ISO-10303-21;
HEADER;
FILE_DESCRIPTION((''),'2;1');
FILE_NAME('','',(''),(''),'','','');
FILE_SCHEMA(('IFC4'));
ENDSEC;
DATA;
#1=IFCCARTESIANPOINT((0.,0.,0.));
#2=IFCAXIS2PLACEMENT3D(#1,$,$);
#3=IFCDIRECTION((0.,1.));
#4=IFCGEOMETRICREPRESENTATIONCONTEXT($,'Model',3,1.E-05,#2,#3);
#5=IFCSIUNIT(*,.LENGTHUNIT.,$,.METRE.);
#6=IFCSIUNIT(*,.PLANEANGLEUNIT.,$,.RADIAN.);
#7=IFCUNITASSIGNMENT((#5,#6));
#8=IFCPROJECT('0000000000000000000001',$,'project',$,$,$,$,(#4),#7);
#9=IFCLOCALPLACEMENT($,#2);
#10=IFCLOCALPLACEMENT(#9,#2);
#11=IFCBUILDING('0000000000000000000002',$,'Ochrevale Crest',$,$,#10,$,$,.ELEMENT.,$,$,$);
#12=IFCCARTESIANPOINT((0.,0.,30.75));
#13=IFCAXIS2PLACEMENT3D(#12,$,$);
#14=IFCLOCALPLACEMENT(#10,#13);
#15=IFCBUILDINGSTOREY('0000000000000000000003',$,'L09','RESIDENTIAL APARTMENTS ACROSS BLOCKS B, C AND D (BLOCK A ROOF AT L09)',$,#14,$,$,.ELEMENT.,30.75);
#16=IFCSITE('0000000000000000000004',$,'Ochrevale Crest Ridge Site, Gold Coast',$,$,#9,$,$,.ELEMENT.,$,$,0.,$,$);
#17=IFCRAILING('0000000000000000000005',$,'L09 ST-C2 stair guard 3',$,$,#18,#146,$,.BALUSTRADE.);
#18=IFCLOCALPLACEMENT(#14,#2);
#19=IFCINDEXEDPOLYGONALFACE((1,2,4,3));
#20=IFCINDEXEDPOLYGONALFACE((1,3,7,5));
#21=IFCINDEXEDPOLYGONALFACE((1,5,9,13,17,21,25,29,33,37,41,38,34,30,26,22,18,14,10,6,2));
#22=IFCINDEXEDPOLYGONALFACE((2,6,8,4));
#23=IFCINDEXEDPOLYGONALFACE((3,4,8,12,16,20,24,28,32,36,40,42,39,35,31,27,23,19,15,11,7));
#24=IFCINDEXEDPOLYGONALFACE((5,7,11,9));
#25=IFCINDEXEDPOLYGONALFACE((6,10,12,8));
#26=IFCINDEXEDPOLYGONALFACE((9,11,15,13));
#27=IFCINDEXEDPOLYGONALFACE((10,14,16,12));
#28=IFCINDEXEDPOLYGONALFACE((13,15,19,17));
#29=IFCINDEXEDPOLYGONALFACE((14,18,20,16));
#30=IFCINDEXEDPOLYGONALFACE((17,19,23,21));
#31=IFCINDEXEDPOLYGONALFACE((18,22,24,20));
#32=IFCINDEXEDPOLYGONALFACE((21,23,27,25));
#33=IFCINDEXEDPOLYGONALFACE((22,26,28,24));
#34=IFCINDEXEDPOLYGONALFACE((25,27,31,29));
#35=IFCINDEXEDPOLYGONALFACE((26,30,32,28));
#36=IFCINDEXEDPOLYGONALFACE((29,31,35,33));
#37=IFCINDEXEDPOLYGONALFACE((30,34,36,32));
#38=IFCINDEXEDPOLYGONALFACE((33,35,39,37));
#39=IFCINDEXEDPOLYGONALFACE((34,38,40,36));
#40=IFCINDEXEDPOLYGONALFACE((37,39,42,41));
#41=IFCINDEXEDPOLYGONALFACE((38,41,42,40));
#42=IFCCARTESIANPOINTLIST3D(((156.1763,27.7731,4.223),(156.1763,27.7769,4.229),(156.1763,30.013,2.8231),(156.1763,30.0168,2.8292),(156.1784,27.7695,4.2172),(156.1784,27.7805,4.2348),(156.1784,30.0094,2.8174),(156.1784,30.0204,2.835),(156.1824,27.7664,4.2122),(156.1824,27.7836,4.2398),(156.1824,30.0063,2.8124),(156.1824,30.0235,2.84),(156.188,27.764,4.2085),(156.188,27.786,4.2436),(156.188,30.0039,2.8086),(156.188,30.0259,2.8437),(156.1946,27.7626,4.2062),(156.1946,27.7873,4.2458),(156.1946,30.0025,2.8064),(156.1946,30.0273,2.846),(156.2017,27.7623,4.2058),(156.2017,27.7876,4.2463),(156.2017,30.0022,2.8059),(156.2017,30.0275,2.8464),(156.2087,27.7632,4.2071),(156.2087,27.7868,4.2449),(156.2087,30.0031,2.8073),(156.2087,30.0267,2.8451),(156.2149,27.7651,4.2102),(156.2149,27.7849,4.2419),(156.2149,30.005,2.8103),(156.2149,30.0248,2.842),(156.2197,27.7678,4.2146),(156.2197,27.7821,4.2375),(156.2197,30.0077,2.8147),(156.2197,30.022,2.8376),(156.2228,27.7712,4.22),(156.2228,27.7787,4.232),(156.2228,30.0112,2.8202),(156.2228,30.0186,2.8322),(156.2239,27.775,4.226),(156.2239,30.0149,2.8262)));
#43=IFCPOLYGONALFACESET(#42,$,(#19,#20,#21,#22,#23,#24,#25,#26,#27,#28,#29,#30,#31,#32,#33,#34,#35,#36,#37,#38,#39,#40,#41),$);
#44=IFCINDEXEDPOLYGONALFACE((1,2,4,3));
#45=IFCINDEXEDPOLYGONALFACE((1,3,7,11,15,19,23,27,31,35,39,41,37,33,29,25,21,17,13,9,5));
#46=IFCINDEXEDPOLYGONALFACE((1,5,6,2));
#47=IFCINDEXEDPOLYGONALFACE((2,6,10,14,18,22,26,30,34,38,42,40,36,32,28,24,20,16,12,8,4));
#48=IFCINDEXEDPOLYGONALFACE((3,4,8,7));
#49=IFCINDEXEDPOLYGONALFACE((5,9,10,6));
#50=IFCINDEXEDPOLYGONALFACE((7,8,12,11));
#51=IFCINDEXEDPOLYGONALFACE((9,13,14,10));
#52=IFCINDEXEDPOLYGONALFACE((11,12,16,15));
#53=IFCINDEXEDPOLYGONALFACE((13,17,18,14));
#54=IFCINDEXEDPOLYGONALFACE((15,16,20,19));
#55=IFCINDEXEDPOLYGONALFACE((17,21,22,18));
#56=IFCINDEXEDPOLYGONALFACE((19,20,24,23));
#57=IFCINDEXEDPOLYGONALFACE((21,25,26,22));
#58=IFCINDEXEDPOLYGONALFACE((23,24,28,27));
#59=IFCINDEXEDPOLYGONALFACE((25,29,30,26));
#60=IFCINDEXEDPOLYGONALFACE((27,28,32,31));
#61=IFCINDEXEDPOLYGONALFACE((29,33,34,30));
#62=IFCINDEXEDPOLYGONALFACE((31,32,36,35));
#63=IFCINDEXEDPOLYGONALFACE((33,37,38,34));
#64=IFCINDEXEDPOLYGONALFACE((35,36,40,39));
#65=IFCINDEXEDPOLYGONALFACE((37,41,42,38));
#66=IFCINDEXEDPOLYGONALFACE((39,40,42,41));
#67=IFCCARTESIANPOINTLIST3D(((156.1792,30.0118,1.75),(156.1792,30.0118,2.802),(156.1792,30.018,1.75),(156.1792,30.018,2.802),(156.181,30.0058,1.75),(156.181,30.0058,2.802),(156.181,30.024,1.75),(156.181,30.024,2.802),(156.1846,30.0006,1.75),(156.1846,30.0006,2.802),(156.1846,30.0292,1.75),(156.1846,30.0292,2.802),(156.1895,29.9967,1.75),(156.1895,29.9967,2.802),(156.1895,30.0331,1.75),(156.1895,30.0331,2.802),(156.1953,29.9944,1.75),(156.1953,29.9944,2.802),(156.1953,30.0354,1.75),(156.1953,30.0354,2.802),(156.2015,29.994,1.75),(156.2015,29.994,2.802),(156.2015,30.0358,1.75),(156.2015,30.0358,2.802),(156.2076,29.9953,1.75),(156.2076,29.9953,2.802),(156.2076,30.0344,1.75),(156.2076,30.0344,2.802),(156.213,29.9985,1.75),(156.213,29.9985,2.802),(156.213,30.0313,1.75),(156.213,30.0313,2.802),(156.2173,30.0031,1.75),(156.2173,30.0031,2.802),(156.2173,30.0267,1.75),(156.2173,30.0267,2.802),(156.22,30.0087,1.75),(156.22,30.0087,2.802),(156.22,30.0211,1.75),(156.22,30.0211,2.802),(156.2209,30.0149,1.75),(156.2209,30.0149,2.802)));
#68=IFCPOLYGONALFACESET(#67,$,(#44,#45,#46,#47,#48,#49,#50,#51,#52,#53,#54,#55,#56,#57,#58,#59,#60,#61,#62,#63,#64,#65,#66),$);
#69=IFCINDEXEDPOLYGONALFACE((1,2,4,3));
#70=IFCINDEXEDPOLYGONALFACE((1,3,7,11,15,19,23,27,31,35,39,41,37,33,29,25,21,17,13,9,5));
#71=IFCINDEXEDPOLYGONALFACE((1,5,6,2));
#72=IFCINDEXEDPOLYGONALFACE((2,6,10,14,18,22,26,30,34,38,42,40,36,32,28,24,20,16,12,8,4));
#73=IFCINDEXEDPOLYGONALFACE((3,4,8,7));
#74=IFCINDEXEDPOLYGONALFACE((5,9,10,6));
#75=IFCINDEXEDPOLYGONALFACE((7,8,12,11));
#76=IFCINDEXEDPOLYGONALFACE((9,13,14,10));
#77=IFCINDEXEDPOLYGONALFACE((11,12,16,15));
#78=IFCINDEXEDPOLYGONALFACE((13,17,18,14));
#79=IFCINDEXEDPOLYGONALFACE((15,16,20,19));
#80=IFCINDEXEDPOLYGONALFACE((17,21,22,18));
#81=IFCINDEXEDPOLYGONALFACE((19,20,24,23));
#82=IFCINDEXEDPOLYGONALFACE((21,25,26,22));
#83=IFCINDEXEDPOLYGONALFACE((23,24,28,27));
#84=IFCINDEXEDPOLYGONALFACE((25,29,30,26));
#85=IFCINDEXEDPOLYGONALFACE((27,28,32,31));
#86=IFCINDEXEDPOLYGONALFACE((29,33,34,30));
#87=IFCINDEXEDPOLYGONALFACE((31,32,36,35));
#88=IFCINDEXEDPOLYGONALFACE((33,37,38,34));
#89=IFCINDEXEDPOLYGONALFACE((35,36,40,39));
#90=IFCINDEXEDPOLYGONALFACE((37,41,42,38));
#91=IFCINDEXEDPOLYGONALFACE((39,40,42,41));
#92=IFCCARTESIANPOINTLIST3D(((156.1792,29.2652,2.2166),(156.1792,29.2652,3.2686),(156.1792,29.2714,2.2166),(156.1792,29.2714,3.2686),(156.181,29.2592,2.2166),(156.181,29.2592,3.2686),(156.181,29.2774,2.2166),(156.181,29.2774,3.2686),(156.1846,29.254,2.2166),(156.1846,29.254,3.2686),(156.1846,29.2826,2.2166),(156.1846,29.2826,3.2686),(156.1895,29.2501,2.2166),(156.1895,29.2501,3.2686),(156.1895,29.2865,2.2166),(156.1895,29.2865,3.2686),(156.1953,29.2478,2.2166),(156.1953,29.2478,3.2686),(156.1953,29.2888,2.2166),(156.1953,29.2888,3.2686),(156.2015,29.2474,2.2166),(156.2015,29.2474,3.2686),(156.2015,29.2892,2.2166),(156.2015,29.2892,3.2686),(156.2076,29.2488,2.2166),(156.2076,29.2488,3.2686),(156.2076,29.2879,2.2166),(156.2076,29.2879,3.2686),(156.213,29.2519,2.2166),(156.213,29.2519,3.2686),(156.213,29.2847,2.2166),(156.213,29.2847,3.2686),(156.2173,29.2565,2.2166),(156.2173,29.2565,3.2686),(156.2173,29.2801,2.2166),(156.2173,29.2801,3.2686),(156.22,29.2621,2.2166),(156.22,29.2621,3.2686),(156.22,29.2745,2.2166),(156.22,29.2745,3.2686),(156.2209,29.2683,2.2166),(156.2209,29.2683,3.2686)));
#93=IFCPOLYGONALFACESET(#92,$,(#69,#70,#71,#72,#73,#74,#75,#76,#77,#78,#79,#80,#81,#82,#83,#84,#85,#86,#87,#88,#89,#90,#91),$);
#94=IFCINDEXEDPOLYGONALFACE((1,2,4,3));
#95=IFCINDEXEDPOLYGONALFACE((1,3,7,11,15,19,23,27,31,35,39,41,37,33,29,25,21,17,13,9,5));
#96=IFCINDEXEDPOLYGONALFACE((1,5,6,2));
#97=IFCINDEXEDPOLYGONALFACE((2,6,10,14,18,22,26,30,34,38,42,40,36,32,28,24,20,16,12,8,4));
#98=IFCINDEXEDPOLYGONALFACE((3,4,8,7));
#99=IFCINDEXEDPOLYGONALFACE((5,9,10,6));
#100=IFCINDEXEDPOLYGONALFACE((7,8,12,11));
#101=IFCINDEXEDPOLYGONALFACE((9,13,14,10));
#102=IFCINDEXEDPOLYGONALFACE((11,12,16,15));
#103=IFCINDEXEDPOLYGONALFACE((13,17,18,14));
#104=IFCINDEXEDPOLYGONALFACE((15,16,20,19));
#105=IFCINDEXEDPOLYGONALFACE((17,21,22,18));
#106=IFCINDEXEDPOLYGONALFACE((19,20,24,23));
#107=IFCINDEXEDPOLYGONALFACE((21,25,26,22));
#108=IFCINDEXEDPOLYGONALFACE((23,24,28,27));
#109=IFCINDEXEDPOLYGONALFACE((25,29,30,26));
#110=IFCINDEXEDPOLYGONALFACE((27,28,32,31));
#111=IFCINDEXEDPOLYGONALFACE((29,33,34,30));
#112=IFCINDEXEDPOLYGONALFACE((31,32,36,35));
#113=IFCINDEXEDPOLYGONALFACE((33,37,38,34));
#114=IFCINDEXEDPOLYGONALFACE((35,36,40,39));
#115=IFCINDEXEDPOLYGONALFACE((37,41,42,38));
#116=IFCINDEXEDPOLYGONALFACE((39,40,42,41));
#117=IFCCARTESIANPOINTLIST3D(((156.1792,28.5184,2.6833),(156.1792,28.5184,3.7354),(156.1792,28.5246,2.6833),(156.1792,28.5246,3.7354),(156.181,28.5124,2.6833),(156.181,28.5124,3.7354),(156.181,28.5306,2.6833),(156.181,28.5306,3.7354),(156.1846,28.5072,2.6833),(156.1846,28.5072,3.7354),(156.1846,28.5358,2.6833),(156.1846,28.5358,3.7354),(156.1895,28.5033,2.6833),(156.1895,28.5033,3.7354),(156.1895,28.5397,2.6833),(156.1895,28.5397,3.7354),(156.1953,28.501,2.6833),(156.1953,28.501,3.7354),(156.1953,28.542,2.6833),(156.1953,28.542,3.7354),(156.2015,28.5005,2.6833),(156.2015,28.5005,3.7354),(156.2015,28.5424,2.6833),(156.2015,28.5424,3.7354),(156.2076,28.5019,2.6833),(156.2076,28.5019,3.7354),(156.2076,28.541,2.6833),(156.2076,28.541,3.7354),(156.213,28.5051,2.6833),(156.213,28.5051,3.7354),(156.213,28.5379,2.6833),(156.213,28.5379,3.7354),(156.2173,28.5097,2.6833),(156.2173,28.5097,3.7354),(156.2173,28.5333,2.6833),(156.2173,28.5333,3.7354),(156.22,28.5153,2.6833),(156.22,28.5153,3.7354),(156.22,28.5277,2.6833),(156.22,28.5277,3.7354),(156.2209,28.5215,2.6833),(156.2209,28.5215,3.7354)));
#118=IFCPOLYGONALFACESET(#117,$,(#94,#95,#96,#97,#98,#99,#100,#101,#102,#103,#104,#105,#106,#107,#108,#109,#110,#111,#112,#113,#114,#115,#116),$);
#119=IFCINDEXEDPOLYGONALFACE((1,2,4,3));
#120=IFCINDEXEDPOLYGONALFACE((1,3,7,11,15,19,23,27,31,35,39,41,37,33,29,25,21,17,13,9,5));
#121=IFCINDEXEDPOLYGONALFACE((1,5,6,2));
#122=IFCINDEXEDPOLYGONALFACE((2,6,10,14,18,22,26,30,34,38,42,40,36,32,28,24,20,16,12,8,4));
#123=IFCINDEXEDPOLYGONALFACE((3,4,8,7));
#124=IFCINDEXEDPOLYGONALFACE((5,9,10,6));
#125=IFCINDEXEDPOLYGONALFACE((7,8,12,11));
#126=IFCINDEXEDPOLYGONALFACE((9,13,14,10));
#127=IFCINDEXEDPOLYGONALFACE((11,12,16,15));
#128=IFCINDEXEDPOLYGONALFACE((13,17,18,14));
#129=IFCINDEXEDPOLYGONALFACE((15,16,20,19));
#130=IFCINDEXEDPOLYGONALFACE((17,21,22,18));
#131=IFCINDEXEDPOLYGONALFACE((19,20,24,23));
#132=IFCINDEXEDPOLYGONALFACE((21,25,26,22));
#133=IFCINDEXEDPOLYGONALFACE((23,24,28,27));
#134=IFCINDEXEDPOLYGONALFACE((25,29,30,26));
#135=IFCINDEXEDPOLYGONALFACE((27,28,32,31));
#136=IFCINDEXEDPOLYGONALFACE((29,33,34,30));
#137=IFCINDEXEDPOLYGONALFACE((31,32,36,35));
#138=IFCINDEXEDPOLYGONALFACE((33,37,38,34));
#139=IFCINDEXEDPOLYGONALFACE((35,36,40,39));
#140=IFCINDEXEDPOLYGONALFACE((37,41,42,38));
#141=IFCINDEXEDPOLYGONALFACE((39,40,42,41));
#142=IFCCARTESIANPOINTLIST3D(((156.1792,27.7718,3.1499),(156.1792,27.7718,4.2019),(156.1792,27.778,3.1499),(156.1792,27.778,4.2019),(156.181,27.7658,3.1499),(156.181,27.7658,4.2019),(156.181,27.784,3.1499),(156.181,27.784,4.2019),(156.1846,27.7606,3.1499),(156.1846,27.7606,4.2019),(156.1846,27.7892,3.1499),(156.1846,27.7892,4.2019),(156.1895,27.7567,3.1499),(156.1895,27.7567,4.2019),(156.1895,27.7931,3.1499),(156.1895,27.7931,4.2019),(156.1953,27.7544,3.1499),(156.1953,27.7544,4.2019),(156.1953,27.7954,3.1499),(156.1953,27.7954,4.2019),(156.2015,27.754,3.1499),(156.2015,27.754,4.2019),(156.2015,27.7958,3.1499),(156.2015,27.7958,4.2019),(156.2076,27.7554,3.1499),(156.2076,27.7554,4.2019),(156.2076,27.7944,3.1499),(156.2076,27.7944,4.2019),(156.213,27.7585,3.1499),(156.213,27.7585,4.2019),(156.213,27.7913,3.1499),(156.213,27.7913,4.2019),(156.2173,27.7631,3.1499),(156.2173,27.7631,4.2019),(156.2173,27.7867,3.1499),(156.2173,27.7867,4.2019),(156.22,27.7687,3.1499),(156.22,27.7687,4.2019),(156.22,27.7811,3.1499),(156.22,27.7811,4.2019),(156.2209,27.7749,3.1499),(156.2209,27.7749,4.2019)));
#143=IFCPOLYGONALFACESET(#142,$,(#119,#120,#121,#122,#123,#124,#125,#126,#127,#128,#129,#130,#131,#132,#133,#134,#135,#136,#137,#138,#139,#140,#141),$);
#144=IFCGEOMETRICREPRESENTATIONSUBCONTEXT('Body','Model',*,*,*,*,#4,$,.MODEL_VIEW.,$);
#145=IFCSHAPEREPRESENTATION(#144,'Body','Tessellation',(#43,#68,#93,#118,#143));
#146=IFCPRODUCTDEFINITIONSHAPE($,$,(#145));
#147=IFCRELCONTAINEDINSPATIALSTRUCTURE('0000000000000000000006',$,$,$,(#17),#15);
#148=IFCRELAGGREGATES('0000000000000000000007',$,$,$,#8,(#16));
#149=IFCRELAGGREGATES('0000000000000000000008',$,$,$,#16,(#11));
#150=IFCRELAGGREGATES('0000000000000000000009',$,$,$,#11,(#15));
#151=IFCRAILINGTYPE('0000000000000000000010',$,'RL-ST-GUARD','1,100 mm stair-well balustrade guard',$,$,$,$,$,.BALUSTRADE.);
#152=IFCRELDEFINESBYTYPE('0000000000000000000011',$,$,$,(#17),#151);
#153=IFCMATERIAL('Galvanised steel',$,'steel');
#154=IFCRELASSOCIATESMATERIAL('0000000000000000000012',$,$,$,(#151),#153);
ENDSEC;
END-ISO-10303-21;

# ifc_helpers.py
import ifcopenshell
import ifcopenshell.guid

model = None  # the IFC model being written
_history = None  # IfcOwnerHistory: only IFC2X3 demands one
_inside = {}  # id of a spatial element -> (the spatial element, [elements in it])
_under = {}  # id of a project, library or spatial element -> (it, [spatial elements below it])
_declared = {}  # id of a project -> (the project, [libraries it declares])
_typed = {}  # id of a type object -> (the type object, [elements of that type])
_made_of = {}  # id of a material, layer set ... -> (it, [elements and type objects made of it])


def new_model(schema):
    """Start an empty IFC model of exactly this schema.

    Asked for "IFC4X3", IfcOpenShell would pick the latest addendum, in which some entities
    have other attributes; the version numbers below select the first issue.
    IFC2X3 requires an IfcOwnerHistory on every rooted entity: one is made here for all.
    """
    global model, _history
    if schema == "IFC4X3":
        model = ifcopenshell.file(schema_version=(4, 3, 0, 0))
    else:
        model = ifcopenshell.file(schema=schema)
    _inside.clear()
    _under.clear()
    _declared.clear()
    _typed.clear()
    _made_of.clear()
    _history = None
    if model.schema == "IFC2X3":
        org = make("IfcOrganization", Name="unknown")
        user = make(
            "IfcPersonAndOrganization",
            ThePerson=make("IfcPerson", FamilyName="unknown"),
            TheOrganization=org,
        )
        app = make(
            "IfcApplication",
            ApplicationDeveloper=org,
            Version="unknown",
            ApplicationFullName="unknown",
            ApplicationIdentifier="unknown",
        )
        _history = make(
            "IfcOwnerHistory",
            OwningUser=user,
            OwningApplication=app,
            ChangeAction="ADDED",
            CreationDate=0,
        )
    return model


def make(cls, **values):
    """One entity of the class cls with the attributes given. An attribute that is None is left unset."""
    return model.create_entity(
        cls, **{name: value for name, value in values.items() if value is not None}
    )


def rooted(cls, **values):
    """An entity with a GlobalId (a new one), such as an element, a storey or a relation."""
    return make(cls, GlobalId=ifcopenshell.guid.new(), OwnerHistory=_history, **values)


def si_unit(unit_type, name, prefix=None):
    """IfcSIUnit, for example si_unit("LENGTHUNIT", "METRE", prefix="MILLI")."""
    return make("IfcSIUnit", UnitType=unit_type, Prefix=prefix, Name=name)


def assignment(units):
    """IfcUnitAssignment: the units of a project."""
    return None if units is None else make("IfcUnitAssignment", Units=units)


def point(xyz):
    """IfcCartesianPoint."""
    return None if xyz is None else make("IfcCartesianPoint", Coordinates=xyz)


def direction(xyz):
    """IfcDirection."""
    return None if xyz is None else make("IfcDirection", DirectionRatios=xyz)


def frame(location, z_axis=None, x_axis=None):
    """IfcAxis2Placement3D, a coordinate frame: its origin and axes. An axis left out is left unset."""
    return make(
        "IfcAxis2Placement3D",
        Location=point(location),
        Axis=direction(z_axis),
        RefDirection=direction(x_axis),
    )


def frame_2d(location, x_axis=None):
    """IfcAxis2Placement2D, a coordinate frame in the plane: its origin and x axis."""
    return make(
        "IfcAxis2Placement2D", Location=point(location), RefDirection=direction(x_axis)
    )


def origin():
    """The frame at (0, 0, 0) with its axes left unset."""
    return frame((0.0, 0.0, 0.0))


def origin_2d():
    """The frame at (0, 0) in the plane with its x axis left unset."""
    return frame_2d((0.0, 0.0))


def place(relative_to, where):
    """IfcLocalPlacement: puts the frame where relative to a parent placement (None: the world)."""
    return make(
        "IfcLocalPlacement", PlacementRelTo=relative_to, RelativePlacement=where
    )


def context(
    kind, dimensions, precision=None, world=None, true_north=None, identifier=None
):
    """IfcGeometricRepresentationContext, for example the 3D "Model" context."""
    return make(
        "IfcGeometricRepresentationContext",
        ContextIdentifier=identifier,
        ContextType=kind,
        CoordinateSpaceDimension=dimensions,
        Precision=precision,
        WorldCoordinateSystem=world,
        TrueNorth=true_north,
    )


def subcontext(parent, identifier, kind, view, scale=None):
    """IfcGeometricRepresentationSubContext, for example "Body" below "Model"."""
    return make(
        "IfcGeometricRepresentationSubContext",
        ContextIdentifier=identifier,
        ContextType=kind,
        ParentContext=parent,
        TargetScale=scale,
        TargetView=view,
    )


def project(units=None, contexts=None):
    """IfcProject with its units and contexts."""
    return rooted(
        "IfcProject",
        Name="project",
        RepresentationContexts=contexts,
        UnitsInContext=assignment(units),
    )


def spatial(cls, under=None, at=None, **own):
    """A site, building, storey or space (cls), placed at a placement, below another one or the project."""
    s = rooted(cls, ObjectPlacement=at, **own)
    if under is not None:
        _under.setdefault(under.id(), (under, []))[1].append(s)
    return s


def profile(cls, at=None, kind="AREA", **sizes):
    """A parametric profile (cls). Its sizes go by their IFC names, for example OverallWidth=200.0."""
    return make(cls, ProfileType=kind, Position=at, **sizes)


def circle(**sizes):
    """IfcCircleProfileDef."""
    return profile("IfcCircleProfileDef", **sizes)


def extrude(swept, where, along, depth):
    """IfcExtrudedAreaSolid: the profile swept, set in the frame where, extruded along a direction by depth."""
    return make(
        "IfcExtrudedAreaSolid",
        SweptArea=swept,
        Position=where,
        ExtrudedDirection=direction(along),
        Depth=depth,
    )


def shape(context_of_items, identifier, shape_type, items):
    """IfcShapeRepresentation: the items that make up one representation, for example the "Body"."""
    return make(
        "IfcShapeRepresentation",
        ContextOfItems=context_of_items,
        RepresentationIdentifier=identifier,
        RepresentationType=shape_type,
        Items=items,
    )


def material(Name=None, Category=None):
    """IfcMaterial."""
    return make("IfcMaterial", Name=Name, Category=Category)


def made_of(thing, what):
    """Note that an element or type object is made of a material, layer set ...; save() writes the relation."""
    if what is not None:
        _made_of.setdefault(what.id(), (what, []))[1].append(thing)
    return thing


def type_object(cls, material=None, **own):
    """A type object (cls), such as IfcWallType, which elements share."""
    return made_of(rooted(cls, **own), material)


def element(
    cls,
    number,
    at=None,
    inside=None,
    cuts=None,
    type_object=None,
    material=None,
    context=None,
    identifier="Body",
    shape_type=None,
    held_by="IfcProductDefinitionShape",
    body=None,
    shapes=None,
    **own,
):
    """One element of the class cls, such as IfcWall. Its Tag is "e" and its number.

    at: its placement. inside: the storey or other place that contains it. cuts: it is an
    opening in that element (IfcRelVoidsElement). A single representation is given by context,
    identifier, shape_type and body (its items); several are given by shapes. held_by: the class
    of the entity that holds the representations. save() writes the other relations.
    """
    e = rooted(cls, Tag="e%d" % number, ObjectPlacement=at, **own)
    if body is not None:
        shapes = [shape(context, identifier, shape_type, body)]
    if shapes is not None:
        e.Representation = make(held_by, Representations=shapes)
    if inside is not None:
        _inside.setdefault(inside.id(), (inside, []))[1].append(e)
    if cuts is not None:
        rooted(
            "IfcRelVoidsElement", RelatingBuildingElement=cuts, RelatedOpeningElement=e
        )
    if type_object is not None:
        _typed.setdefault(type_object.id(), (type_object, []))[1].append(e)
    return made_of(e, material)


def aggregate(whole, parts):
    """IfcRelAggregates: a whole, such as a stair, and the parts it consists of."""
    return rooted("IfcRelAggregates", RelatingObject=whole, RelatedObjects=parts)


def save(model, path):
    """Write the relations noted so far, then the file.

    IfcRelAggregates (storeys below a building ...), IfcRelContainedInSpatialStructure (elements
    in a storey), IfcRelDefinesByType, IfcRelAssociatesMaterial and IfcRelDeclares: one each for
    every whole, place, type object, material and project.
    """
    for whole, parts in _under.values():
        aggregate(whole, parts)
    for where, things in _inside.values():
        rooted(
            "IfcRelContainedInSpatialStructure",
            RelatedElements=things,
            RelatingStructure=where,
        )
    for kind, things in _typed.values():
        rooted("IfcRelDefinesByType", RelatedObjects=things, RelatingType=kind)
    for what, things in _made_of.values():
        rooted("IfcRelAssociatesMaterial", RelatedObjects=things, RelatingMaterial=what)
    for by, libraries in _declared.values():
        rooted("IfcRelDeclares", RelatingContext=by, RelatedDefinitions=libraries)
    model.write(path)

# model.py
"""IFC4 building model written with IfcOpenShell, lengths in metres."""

from ifc_helpers import new_model, si_unit, direction, frame, origin, origin_2d, place, context, subcontext, project, spatial, circle, extrude, material, type_object, element, save


model = new_model("IFC4")

# Units and contexts
model_context = context("Model", 3, precision=1e-05, world=origin(), true_north=direction((0.0, 1.0)))
body_context = subcontext(model_context, "Body", "Model", "MODEL_VIEW")
ifc_project = project(units=[si_unit("LENGTHUNIT", "METRE"), si_unit("PLANEANGLEUNIT", "RADIAN")], contexts=[model_context])

# Site, building, storey
site_placement = place(None, origin())
site = spatial("IfcSite", under=ifc_project, at=site_placement, Name="Ochrevale Crest Ridge Site, Gold Coast", CompositionType="ELEMENT", RefElevation=0.0)
building_placement = place(site_placement, origin())
building = spatial("IfcBuilding", under=site, at=building_placement, Name="Ochrevale Crest", CompositionType="ELEMENT")
storey_placement = place(building_placement, frame((0.0, 0.0, 30.75)))
storey = spatial("IfcBuildingStorey", under=building, at=storey_placement, Name="L09", Description="RESIDENTIAL APARTMENTS ACROSS BLOCKS B, C AND D (BLOCK A ROOF AT L09)", CompositionType="ELEMENT", Elevation=30.75)

# Railing
ifc_material_1 = material(Name="Galvanised steel", Category="steel")
railing_type_1 = type_object("IfcRailingType", Name="RL-ST-GUARD", Description="1,100 mm stair-well balustrade guard", PredefinedType="BALUSTRADE", material=ifc_material_1)
railing_1_placement = place(storey_placement, frame((156.2, 30.0149, 1.75)))
element("IfcRailing", 1, at=railing_1_placement, inside=storey, type_object=railing_type_1, Name="L09 ST-C2 stair guard 3", PredefinedType="BALUSTRADE", context=body_context, shape_type="SweptSolid", body=[
    extrude(circle(Radius=0.0239, at=origin_2d()), frame((0.0, 0.0, 1.0762), z_axis=(0.0, -0.848014, 0.529974), x_axis=(1.0, 0.0, 0.0)), (0.0, 0.0, 1.0), 2.6414),
    extrude(circle(Radius=0.021, at=origin_2d()), origin(), (0.0, 0.0, 1.0), 1.052),
    extrude(circle(Radius=0.021, at=origin_2d()), frame((0.0, -0.7466, 0.4666)), (0.0, 0.0, 1.0), 1.052),
    extrude(circle(Radius=0.021, at=origin_2d()), frame((0.0, -1.4934, 0.9333)), (0.0, 0.0, 1.0), 1.052),
    extrude(circle(Radius=0.021, at=origin_2d()), frame((0.0, -2.24, 1.3999)), (0.0, 0.0, 1.0), 1.052),
])

save(model, "model.ifc")
